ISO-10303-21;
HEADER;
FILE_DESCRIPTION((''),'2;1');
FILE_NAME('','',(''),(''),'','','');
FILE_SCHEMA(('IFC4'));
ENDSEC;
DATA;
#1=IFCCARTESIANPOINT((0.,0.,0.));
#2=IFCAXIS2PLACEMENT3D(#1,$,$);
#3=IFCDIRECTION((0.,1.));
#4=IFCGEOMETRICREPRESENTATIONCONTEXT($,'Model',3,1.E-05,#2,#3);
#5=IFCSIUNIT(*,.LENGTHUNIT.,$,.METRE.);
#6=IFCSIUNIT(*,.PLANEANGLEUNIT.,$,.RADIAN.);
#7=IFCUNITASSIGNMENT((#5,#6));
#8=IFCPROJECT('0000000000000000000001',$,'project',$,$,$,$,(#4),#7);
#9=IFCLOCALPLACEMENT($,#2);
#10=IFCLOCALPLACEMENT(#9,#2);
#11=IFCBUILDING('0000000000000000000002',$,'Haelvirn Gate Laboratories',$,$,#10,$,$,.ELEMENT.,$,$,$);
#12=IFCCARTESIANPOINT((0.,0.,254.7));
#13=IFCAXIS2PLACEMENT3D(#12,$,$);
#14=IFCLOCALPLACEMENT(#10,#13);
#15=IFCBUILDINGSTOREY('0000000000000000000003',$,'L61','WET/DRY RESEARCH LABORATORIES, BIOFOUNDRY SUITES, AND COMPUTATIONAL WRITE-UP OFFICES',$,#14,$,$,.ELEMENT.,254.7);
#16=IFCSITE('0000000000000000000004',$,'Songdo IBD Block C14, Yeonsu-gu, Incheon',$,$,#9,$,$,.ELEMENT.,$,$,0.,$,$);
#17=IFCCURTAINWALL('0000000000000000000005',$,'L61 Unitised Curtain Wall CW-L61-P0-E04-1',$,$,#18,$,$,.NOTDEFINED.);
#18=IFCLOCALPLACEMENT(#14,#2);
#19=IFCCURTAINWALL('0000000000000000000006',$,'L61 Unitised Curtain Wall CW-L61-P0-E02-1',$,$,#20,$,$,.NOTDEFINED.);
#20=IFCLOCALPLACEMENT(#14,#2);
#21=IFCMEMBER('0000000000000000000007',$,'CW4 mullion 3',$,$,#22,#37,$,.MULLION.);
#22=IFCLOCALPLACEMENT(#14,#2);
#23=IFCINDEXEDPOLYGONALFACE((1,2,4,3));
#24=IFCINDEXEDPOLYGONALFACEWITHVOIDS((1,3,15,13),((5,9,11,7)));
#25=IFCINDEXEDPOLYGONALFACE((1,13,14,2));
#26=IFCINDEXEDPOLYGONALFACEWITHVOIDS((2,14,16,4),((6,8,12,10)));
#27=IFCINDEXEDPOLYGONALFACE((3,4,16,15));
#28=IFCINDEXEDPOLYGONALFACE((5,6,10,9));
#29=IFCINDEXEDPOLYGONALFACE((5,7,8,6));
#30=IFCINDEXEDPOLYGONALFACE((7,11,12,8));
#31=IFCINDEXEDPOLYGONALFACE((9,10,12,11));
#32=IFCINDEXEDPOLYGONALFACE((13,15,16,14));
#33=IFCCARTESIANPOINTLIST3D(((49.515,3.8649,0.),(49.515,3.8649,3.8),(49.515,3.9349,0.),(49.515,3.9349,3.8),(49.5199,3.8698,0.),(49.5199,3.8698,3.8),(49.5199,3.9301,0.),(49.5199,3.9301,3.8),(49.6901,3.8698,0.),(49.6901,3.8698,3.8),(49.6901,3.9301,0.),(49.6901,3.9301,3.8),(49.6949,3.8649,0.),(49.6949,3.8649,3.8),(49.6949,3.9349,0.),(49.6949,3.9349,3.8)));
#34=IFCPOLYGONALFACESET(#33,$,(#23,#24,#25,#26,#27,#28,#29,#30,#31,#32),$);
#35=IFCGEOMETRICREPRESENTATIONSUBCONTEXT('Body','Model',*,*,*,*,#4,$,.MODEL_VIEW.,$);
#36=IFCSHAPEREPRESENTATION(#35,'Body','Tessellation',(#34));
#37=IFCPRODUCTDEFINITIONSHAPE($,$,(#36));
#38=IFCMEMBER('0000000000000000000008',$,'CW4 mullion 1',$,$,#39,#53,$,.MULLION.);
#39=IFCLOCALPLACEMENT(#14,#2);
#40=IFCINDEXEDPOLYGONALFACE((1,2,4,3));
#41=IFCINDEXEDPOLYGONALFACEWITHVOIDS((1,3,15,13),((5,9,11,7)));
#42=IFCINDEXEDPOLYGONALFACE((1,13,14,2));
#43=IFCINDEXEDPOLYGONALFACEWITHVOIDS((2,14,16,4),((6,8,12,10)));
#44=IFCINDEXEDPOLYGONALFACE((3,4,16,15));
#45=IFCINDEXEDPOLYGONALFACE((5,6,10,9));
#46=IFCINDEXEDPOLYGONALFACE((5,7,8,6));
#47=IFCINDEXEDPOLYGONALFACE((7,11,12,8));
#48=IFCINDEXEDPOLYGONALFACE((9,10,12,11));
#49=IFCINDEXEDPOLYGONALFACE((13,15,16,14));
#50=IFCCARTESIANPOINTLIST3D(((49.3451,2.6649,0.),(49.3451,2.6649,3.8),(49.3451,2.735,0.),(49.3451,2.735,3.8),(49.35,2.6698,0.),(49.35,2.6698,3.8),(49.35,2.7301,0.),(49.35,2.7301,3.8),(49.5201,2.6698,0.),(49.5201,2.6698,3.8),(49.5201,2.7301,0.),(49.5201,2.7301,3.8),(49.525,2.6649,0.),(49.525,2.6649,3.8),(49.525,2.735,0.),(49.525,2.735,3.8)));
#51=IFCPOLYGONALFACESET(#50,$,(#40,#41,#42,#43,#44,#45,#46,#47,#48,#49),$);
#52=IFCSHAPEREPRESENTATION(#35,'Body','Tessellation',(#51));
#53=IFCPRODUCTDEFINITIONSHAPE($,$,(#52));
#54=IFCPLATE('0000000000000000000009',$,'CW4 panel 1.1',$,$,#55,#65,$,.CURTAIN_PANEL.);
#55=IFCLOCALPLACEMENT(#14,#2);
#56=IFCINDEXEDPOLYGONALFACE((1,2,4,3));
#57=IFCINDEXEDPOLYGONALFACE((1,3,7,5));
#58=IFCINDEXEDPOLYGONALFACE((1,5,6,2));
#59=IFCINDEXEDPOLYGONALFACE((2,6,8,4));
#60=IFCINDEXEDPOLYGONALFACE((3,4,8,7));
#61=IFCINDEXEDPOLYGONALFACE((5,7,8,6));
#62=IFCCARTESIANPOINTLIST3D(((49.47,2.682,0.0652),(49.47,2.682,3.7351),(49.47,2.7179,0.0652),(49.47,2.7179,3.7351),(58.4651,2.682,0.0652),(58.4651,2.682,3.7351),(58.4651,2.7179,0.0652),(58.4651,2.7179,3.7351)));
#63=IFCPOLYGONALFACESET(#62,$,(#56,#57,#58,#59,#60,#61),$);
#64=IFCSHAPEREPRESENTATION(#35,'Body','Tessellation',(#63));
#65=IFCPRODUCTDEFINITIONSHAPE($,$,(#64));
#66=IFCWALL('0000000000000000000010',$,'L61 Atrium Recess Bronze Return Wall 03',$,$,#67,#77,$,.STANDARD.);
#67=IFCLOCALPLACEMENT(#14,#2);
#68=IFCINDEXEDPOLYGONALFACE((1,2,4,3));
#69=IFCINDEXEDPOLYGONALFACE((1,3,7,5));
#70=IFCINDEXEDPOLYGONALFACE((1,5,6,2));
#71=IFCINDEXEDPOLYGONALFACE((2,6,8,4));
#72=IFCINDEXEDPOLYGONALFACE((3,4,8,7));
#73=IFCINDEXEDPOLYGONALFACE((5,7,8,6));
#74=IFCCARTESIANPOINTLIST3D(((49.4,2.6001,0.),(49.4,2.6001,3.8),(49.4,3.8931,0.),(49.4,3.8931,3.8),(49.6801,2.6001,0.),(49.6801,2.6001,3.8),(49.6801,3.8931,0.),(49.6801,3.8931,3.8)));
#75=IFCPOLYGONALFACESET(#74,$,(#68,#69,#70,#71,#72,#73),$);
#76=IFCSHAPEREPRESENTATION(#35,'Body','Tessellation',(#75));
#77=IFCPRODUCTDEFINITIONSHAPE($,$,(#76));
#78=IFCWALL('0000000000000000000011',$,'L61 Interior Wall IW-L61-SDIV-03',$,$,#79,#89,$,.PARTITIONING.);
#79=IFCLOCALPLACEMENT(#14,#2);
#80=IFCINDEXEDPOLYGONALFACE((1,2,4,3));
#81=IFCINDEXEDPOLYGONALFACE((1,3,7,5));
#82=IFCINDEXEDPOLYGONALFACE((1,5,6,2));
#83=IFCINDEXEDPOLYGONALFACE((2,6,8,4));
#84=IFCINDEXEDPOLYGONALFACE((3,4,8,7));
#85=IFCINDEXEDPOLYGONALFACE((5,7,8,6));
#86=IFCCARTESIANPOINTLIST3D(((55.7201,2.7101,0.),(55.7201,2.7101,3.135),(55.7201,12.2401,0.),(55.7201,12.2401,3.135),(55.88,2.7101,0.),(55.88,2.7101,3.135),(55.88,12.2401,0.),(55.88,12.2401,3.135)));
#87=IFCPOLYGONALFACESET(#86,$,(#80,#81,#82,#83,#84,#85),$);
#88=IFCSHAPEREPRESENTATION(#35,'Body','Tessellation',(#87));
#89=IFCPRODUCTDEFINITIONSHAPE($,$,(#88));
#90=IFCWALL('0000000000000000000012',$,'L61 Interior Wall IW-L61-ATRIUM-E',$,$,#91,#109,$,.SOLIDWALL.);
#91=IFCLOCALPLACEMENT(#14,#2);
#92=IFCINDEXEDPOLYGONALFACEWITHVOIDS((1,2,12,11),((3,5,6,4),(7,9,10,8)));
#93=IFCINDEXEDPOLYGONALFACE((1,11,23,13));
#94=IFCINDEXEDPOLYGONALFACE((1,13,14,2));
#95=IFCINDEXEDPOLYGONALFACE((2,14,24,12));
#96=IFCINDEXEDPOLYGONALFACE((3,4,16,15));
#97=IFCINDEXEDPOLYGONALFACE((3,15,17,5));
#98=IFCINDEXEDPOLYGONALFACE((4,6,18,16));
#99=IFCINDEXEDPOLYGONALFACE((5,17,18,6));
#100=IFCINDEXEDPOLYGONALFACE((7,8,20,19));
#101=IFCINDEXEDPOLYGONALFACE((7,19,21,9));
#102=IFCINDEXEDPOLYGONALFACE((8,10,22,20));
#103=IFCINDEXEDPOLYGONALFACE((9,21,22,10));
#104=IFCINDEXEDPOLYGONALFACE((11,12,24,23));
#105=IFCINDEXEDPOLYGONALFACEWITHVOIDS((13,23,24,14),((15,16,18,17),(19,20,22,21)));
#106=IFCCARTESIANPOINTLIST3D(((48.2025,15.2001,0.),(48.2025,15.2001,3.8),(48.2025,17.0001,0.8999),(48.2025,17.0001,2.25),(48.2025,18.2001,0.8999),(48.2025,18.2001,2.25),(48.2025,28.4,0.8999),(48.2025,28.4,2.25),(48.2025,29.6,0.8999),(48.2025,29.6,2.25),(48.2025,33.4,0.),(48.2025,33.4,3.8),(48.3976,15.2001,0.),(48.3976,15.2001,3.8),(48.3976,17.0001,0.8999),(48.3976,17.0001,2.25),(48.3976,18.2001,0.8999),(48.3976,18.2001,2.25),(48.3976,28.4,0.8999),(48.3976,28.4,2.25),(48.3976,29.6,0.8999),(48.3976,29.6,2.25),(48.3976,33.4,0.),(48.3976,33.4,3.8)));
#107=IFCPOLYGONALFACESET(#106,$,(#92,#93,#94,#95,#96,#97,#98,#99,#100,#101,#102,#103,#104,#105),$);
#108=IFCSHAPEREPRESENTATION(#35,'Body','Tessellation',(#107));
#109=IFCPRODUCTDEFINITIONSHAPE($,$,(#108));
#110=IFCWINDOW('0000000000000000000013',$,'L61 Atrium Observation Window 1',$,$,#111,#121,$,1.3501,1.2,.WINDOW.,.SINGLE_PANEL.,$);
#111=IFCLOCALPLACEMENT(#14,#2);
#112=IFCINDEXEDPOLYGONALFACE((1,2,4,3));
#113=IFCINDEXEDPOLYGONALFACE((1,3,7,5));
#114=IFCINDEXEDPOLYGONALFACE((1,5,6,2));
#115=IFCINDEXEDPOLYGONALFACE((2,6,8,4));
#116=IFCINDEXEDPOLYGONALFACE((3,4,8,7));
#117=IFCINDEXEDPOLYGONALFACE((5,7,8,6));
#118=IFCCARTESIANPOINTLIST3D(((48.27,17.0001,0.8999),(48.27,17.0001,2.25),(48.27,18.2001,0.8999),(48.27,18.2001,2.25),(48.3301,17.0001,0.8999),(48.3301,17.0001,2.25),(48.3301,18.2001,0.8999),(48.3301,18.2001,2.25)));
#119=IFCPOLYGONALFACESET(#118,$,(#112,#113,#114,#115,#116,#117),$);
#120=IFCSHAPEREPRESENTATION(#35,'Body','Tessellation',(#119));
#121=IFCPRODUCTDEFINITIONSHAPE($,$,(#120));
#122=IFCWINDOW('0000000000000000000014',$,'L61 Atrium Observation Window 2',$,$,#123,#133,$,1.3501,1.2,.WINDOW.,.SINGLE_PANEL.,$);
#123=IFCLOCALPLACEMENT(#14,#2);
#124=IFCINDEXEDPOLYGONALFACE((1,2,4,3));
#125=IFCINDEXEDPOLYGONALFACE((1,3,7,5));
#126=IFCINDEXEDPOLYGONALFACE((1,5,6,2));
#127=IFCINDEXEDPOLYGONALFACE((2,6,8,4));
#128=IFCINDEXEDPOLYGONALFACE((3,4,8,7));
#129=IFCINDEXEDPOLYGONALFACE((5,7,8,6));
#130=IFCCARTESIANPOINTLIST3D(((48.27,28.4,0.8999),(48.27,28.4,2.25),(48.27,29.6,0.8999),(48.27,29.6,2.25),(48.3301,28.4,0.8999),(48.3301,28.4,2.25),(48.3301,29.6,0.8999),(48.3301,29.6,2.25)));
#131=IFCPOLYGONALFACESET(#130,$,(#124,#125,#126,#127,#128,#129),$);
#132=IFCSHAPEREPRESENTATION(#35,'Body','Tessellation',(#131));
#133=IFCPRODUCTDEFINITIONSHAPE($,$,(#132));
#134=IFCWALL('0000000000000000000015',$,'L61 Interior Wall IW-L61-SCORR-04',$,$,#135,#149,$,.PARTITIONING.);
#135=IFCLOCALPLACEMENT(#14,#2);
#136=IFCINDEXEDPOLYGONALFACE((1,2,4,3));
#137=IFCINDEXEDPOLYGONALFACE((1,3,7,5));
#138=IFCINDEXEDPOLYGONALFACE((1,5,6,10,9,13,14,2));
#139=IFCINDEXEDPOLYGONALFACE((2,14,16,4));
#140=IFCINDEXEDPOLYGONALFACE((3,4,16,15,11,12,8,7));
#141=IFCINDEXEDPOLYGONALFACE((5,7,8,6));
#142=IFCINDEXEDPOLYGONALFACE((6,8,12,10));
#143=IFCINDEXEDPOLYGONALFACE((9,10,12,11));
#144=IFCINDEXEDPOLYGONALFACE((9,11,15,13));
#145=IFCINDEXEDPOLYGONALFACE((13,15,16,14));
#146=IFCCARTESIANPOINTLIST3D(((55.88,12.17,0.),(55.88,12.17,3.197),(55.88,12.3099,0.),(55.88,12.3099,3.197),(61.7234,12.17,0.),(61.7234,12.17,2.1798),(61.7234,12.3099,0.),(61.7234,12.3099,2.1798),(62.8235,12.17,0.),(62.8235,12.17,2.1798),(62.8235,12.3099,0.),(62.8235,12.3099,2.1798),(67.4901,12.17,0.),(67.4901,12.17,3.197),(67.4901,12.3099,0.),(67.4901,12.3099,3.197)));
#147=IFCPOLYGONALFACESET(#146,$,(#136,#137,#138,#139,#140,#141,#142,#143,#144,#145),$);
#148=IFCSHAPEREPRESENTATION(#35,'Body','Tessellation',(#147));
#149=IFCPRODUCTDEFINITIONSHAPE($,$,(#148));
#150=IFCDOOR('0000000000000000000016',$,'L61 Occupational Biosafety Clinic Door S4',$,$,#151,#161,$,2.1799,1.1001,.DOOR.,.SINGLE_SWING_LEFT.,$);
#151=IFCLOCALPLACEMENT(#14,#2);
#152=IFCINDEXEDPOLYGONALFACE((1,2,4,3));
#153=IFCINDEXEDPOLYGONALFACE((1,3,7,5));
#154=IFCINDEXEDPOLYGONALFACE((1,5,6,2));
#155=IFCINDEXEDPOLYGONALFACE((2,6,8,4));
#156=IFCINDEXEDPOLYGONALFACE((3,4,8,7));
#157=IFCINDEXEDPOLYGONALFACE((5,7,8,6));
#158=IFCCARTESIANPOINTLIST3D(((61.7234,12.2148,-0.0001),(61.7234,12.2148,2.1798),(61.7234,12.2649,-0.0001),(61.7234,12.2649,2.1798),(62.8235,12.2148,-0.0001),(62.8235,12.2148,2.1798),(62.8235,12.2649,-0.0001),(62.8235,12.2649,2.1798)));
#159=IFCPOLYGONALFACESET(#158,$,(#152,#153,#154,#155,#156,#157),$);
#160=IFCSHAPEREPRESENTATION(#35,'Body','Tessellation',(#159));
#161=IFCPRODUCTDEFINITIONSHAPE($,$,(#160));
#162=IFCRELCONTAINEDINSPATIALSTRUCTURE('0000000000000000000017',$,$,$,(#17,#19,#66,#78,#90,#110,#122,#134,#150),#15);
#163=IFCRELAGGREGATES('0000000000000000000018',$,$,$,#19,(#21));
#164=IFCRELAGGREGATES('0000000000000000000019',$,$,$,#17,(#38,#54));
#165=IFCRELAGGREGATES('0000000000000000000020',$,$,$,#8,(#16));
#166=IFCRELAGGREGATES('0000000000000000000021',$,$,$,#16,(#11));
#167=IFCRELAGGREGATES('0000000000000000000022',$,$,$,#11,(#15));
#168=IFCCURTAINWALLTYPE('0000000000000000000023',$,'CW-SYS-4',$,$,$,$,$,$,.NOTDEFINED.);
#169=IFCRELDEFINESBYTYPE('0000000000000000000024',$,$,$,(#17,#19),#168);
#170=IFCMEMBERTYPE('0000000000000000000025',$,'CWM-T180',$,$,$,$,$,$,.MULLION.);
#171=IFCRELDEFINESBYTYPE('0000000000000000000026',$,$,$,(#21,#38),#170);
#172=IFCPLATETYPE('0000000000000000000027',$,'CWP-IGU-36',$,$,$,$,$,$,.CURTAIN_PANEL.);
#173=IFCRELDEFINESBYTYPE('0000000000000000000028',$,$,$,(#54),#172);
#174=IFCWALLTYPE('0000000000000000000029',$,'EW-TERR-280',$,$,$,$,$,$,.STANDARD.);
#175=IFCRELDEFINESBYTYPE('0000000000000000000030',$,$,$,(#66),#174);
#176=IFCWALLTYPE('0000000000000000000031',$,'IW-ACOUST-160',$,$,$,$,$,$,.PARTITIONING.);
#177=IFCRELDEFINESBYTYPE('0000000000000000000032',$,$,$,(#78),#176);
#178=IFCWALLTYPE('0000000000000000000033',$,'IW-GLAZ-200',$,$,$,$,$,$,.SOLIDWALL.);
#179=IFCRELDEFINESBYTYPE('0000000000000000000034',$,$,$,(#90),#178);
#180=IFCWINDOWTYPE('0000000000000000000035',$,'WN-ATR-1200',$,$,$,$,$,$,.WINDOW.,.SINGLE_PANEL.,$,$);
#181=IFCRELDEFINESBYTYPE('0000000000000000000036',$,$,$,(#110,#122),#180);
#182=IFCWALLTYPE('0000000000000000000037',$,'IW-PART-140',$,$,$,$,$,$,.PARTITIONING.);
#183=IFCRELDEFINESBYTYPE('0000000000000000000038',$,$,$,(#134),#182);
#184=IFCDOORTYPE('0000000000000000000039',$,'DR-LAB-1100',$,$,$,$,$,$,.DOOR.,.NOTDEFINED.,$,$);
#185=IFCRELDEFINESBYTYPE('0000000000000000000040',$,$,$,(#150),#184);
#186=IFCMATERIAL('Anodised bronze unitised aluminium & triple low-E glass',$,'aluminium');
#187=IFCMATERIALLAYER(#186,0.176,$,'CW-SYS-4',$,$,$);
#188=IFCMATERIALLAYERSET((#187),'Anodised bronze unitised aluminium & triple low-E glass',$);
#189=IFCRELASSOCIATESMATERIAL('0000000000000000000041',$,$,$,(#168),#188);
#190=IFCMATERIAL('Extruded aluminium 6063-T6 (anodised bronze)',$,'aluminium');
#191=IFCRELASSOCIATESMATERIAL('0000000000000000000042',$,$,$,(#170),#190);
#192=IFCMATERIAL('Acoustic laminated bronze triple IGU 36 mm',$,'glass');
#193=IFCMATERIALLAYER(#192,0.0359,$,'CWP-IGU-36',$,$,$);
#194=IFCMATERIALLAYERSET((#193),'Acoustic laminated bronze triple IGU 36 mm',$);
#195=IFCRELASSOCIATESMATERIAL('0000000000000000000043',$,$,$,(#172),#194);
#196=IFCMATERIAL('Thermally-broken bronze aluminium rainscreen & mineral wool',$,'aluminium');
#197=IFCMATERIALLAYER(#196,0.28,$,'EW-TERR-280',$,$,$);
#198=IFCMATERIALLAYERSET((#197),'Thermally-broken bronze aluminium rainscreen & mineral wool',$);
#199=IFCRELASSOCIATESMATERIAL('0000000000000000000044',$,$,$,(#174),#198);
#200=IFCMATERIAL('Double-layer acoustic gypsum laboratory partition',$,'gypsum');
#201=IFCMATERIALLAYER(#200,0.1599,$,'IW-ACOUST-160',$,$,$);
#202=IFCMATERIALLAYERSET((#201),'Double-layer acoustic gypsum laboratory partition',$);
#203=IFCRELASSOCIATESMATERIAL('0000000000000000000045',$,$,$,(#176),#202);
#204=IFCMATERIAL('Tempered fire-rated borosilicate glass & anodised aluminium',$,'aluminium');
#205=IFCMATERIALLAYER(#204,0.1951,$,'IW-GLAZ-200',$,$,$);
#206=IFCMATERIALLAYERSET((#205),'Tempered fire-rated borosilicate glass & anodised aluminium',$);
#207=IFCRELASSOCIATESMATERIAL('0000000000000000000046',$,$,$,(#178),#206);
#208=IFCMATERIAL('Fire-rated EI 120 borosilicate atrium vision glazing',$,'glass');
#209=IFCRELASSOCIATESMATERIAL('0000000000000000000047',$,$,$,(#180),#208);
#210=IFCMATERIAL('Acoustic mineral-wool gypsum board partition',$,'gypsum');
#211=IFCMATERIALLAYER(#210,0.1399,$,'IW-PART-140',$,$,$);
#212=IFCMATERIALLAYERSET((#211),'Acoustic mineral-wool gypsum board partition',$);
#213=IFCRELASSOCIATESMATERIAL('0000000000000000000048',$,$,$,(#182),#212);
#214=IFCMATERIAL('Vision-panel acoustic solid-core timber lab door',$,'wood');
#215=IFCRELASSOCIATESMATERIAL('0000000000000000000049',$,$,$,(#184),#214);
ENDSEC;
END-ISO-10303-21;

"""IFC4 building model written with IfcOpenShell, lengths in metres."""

from ifc_helpers import new_model, si_unit, direction, frame, frame_2d, origin, origin_2d, place, context, subcontext, project, spatial, rectangle, hollow_rectangle, extrude, source, transform, mapped, material, layer, layer_set, material_profile, profile_set, type_object, type_shapes, element, fill, aggregate, save


model = new_model("IFC4")

# Units and contexts
model_context = context("Model", 3, precision=1e-05, world=origin(), true_north=direction((0.0, 1.0)))
body_context = subcontext(model_context, "Body", "Model", "MODEL_VIEW")
ifc_project = project(units=[si_unit("LENGTHUNIT", "METRE"), si_unit("PLANEANGLEUNIT", "RADIAN")], contexts=[model_context])

# Site, building, storey
site_placement = place(None, origin())
site = spatial("IfcSite", under=ifc_project, at=site_placement, Name="Songdo IBD Block C14, Yeonsu-gu, Incheon", CompositionType="ELEMENT", RefElevation=0.0)
building_placement = place(site_placement, origin())
building = spatial("IfcBuilding", under=site, at=building_placement, Name="Haelvirn Gate Laboratories", CompositionType="ELEMENT")
storey_placement = place(building_placement, frame((0.0, 0.0, 254.7)))
storey = spatial("IfcBuildingStorey", under=building, at=storey_placement, Name="L61", Description="WET/DRY RESEARCH LABORATORIES, BIOFOUNDRY SUITES, AND COMPUTATIONAL WRITE-UP OFFICES", CompositionType="ELEMENT", Elevation=254.7)

# Curtain wall
ifc_material_1 = material(Name="Anodised bronze unitised aluminium & triple low-E glass", Category="aluminium")
ifc_layer_1 = layer(ifc_material_1, 0.176, Name="CW-SYS-4")
ifc_layer_set_1 = layer_set([ifc_layer_1], Name="Anodised bronze unitised aluminium & triple low-E glass")
curtain_wall_type = type_object("IfcCurtainWallType", Name="CW-SYS-4", PredefinedType="NOTDEFINED", material=ifc_layer_set_1)
curtain_wall_1_placement = place(storey_placement, origin())
curtain_wall_1 = element("IfcCurtainWall", 1, at=curtain_wall_1_placement, inside=storey, type_object=curtain_wall_type, Name="L61 Unitised Curtain Wall CW-L61-P0-E04-1", PredefinedType="NOTDEFINED")
ifc_material_2 = material(Name="Extruded aluminium 6063-T6 (anodised bronze)", Category="aluminium")

# Curtain wall, member
curtain_wall_2_placement = place(storey_placement, origin())
curtain_wall_2 = element("IfcCurtainWall", 2, at=curtain_wall_2_placement, inside=storey, type_object=curtain_wall_type, Name="L61 Unitised Curtain Wall CW-L61-P0-E02-1", PredefinedType="NOTDEFINED")
ifc_material_profile_1 = material_profile(ifc_material_2, hollow_rectangle(XDim=0.0701, YDim=0.1799, WallThickness=0.0049, at=origin_2d()), Name="CWM-180x70x5")
ifc_profile_set_1 = profile_set([ifc_material_profile_1], Name="Extruded aluminium 6063-T6 (anodised bronze)")
member_type_1 = type_object("IfcMemberType", Name="CWM-T180", PredefinedType="MULLION", material=ifc_profile_set_1)
shared_shape_1 = source(origin(), body_context, "Body", "SweptSolid", [
    extrude(hollow_rectangle(XDim=0.0701, YDim=0.1799, WallThickness=0.0049, at=origin_2d()), origin(), (0.0, 0.0, 1.0), 3.8),
])
type_shapes(member_type_1, [shared_shape_1])
member_1_placement = place(storey_placement, frame((49.605, 3.8999, 0.0), z_axis=(0.0, 0.0, 1.0), x_axis=(0.0, 1.0, 0.0)))
member_1 = element("IfcMember", 3, at=member_1_placement, type_object=member_type_1, Name="CW4 mullion 3", PredefinedType="MULLION", context=body_context, shape_type="MappedRepresentation", body=[
    mapped(shared_shape_1, transform((0.0, 0.0, 0.0), scale=1.0)),
])
aggregate(curtain_wall_2, [member_1])

# Member
member_2_placement = place(storey_placement, frame((49.4351, 2.7, 0.0), z_axis=(0.0, 0.0, 1.0), x_axis=(0.0, 1.0, 0.0)))
member_2 = element("IfcMember", 4, at=member_2_placement, type_object=member_type_1, Name="CW4 mullion 1", PredefinedType="MULLION", context=body_context, shape_type="MappedRepresentation", body=[
    mapped(shared_shape_1, transform((0.0, 0.0, 0.0), scale=1.0)),
])

# Plate
ifc_material_3 = material(Name="Acoustic laminated bronze triple IGU 36 mm", Category="glass")
ifc_layer_2 = layer(ifc_material_3, 0.0359, Name="CWP-IGU-36")
ifc_layer_set_2 = layer_set([ifc_layer_2], Name="Acoustic laminated bronze triple IGU 36 mm")
plate_type = type_object("IfcPlateType", Name="CWP-IGU-36", PredefinedType="CURTAIN_PANEL", material=ifc_layer_set_2)
shared_shape_2 = source(origin(), body_context, "Body", "SweptSolid", [
    extrude(rectangle(XDim=8.9951, YDim=0.0359, at=origin_2d()), origin(), (0.0, 0.0, 1.0), 3.6699),
])
type_shapes(plate_type, [shared_shape_2])
plate_placement = place(storey_placement, frame((53.9675, 2.7, 0.0652), z_axis=(0.0, 0.0, 1.0), x_axis=(1.0, 0.0, 0.0)))
plate = element("IfcPlate", 5, at=plate_placement, type_object=plate_type, Name="CW4 panel 1.1", PredefinedType="CURTAIN_PANEL", context=body_context, shape_type="MappedRepresentation", body=[
    mapped(shared_shape_2, transform((0.0, 0.0, 0.0), scale=1.0)),
])
aggregate(curtain_wall_1, [member_2, plate])

# Walls
ifc_material_4 = material(Name="Thermally-broken bronze aluminium rainscreen & mineral wool", Category="aluminium")
ifc_layer_3 = layer(ifc_material_4, 0.28, Name="EW-TERR-280")
ifc_layer_set_3 = layer_set([ifc_layer_3], Name="Thermally-broken bronze aluminium rainscreen & mineral wool")
wall_type_1 = type_object("IfcWallType", Name="EW-TERR-280", PredefinedType="STANDARD", material=ifc_layer_set_3)
wall_1_placement = place(storey_placement, frame((49.54, 3.8931, 0.0), z_axis=(0.0, 0.0, 1.0), x_axis=(0.0, -1.0, 0.0)))
element("IfcWall", 6, at=wall_1_placement, inside=storey, type_object=wall_type_1, Name="L61 Atrium Recess Bronze Return Wall 03", PredefinedType="STANDARD", context=body_context, shape_type="SweptSolid", body=[
    extrude(rectangle(XDim=1.293, YDim=0.28, at=frame_2d((0.6465, 0.0))), origin(), (0.0, 0.0, 1.0), 3.8),
])
ifc_material_5 = material(Name="Double-layer acoustic gypsum laboratory partition", Category="gypsum")
ifc_layer_4 = layer(ifc_material_5, 0.1599, Name="IW-ACOUST-160")
ifc_layer_set_4 = layer_set([ifc_layer_4], Name="Double-layer acoustic gypsum laboratory partition")
wall_type_2 = type_object("IfcWallType", Name="IW-ACOUST-160", PredefinedType="PARTITIONING", material=ifc_layer_set_4)
wall_2_placement = place(storey_placement, frame((55.8, 2.71, 0.0), z_axis=(0.0, 0.0, 1.0), x_axis=(0.0, 1.0, 0.0)))
element("IfcWall", 7, at=wall_2_placement, inside=storey, type_object=wall_type_2, Name="L61 Interior Wall IW-L61-SDIV-03", PredefinedType="PARTITIONING", context=body_context, shape_type="SweptSolid", body=[
    extrude(rectangle(XDim=9.53, YDim=0.1599, at=frame_2d((4.7651, 0.0))), origin(), (0.0, 0.0, 1.0), 3.135),
])

# Wall, openings, windows
ifc_material_6 = material(Name="Tempered fire-rated borosilicate glass & anodised aluminium", Category="aluminium")
ifc_layer_5 = layer(ifc_material_6, 0.1951, Name="IW-GLAZ-200")
ifc_layer_set_5 = layer_set([ifc_layer_5], Name="Tempered fire-rated borosilicate glass & anodised aluminium")
wall_type_3 = type_object("IfcWallType", Name="IW-GLAZ-200", PredefinedType="SOLIDWALL", material=ifc_layer_set_5)
wall_3_placement = place(storey_placement, frame((48.3, 15.2, 0.0), z_axis=(0.0, 0.0, 1.0), x_axis=(0.0, 1.0, 0.0)))
wall_3 = element("IfcWall", 8, at=wall_3_placement, inside=storey, type_object=wall_type_3, Name="L61 Interior Wall IW-L61-ATRIUM-E", PredefinedType="SOLIDWALL", context=body_context, shape_type="SweptSolid", body=[
    extrude(rectangle(XDim=18.2, YDim=0.1951, at=frame_2d((9.1001, 0.0))), origin(), (0.0, 0.0, 1.0), 3.8),
])
opening_1_placement = place(wall_3_placement, frame((1.8, 0.0, 0.8999)))
opening_1 = element("IfcOpeningElement", 9, at=opening_1_placement, cuts=wall_3, PredefinedType="OPENING", context=body_context, shape_type="SweptSolid", body=[
    extrude(rectangle(XDim=1.2, YDim=1.3501, at=frame_2d((0.6001, 0.675))), frame((0.0, 0.1074, 0.0), z_axis=(0.0, -1.0, 0.0), x_axis=(1.0, 0.0, 0.0)), (0.0, 0.0, 1.0), 0.2151),
])
opening_2_placement = place(wall_3_placement, frame((13.2, 0.0, 0.8999)))
opening_2 = element("IfcOpeningElement", 10, at=opening_2_placement, cuts=wall_3, PredefinedType="OPENING", context=body_context, shape_type="SweptSolid", body=[
    extrude(rectangle(XDim=1.2, YDim=1.3501, at=frame_2d((0.6001, 0.675))), frame((0.0, 0.1074, 0.0), z_axis=(0.0, -1.0, 0.0), x_axis=(1.0, 0.0, 0.0)), (0.0, 0.0, 1.0), 0.2151),
])
ifc_material_7 = material(Name="Fire-rated EI 120 borosilicate atrium vision glazing", Category="glass")
window_type = type_object("IfcWindowType", Name="WN-ATR-1200", PartitioningType="SINGLE_PANEL", PredefinedType="WINDOW", material=ifc_material_7)
shared_shape_3 = source(origin(), body_context, "Body", "SweptSolid", [
    extrude(rectangle(XDim=1.2, YDim=1.3501, at=frame_2d((0.6001, 0.675))), frame((0.0, 0.03, 0.0), z_axis=(0.0, -1.0, 0.0), x_axis=(1.0, 0.0, 0.0)), (0.0, 0.0, 1.0), 0.0601),
])
type_shapes(window_type, [shared_shape_3])
window_1_placement = place(opening_1_placement, origin())
window_1 = element("IfcWindow", 11, at=window_1_placement, inside=storey, type_object=window_type, Name="L61 Atrium Observation Window 1", OverallHeight=1.3501, OverallWidth=1.2, PartitioningType="SINGLE_PANEL", PredefinedType="WINDOW", context=body_context, shape_type="MappedRepresentation", body=[
    mapped(shared_shape_3, transform((0.0, 0.0, 0.0), scale=1.0)),
])
fill(opening_1, window_1)
window_2_placement = place(opening_2_placement, origin())
window_2 = element("IfcWindow", 12, at=window_2_placement, inside=storey, type_object=window_type, Name="L61 Atrium Observation Window 2", OverallHeight=1.3501, OverallWidth=1.2, PartitioningType="SINGLE_PANEL", PredefinedType="WINDOW", context=body_context, shape_type="MappedRepresentation", body=[
    mapped(shared_shape_3, transform((0.0, 0.0, 0.0), scale=1.0)),
])
fill(opening_2, window_2)

# Wall, opening, door
ifc_material_8 = material(Name="Acoustic mineral-wool gypsum board partition", Category="gypsum")
ifc_layer_6 = layer(ifc_material_8, 0.1399, Name="IW-PART-140")
ifc_layer_set_6 = layer_set([ifc_layer_6], Name="Acoustic mineral-wool gypsum board partition")
wall_type_4 = type_object("IfcWallType", Name="IW-PART-140", PredefinedType="PARTITIONING", material=ifc_layer_set_6)
wall_4_placement = place(storey_placement, frame((55.8799, 12.24, 0.0), z_axis=(0.0, 0.0, 1.0), x_axis=(1.0, 0.0, 0.0)))
wall_4 = element("IfcWall", 13, at=wall_4_placement, inside=storey, type_object=wall_type_4, Name="L61 Interior Wall IW-L61-SCORR-04", PredefinedType="PARTITIONING", context=body_context, shape_type="SweptSolid", body=[
    extrude(rectangle(XDim=11.6101, YDim=0.1399, at=frame_2d((5.8052, 0.0))), origin(), (0.0, 0.0, 1.0), 3.197),
])
opening_3_placement = place(wall_4_placement, frame((5.8435, 0.0, 0.0)))
opening_3 = element("IfcOpeningElement", 14, at=opening_3_placement, cuts=wall_4, PredefinedType="OPENING", context=body_context, shape_type="SweptSolid", body=[
    extrude(rectangle(XDim=1.1001, YDim=2.1799, at=frame_2d((0.55, 1.0898))), frame((0.0, 0.0801, 0.0), z_axis=(0.0, -1.0, 0.0), x_axis=(1.0, 0.0, 0.0)), (0.0, 0.0, 1.0), 0.1599),
])
ifc_material_9 = material(Name="Vision-panel acoustic solid-core timber lab door", Category="wood")
door_type_1 = type_object("IfcDoorType", Name="DR-LAB-1100", OperationType="NOTDEFINED", PredefinedType="DOOR", material=ifc_material_9)
shared_shape_4 = source(origin(), body_context, "Body", "SweptSolid", [
    extrude(rectangle(XDim=1.1001, YDim=2.1799, at=frame_2d((0.55, 1.0898))), frame((0.0, 0.0249, 0.0), z_axis=(0.0, -1.0, 0.0), x_axis=(1.0, 0.0, 0.0)), (0.0, 0.0, 1.0), 0.05),
])
type_shapes(door_type_1, [shared_shape_4])
door_1_placement = place(opening_3_placement, origin())
door_1 = element("IfcDoor", 15, at=door_1_placement, inside=storey, type_object=door_type_1, Name="L61 Occupational Biosafety Clinic Door S4", OperationType="SINGLE_SWING_LEFT", OverallHeight=2.1799, OverallWidth=1.1001, PredefinedType="DOOR", context=body_context, shape_type="MappedRepresentation", body=[
    mapped(shared_shape_4, transform((0.0, 0.0, 0.0), scale=1.0)),
])
fill(opening_3, door_1)

save(model, "model.ifc")
